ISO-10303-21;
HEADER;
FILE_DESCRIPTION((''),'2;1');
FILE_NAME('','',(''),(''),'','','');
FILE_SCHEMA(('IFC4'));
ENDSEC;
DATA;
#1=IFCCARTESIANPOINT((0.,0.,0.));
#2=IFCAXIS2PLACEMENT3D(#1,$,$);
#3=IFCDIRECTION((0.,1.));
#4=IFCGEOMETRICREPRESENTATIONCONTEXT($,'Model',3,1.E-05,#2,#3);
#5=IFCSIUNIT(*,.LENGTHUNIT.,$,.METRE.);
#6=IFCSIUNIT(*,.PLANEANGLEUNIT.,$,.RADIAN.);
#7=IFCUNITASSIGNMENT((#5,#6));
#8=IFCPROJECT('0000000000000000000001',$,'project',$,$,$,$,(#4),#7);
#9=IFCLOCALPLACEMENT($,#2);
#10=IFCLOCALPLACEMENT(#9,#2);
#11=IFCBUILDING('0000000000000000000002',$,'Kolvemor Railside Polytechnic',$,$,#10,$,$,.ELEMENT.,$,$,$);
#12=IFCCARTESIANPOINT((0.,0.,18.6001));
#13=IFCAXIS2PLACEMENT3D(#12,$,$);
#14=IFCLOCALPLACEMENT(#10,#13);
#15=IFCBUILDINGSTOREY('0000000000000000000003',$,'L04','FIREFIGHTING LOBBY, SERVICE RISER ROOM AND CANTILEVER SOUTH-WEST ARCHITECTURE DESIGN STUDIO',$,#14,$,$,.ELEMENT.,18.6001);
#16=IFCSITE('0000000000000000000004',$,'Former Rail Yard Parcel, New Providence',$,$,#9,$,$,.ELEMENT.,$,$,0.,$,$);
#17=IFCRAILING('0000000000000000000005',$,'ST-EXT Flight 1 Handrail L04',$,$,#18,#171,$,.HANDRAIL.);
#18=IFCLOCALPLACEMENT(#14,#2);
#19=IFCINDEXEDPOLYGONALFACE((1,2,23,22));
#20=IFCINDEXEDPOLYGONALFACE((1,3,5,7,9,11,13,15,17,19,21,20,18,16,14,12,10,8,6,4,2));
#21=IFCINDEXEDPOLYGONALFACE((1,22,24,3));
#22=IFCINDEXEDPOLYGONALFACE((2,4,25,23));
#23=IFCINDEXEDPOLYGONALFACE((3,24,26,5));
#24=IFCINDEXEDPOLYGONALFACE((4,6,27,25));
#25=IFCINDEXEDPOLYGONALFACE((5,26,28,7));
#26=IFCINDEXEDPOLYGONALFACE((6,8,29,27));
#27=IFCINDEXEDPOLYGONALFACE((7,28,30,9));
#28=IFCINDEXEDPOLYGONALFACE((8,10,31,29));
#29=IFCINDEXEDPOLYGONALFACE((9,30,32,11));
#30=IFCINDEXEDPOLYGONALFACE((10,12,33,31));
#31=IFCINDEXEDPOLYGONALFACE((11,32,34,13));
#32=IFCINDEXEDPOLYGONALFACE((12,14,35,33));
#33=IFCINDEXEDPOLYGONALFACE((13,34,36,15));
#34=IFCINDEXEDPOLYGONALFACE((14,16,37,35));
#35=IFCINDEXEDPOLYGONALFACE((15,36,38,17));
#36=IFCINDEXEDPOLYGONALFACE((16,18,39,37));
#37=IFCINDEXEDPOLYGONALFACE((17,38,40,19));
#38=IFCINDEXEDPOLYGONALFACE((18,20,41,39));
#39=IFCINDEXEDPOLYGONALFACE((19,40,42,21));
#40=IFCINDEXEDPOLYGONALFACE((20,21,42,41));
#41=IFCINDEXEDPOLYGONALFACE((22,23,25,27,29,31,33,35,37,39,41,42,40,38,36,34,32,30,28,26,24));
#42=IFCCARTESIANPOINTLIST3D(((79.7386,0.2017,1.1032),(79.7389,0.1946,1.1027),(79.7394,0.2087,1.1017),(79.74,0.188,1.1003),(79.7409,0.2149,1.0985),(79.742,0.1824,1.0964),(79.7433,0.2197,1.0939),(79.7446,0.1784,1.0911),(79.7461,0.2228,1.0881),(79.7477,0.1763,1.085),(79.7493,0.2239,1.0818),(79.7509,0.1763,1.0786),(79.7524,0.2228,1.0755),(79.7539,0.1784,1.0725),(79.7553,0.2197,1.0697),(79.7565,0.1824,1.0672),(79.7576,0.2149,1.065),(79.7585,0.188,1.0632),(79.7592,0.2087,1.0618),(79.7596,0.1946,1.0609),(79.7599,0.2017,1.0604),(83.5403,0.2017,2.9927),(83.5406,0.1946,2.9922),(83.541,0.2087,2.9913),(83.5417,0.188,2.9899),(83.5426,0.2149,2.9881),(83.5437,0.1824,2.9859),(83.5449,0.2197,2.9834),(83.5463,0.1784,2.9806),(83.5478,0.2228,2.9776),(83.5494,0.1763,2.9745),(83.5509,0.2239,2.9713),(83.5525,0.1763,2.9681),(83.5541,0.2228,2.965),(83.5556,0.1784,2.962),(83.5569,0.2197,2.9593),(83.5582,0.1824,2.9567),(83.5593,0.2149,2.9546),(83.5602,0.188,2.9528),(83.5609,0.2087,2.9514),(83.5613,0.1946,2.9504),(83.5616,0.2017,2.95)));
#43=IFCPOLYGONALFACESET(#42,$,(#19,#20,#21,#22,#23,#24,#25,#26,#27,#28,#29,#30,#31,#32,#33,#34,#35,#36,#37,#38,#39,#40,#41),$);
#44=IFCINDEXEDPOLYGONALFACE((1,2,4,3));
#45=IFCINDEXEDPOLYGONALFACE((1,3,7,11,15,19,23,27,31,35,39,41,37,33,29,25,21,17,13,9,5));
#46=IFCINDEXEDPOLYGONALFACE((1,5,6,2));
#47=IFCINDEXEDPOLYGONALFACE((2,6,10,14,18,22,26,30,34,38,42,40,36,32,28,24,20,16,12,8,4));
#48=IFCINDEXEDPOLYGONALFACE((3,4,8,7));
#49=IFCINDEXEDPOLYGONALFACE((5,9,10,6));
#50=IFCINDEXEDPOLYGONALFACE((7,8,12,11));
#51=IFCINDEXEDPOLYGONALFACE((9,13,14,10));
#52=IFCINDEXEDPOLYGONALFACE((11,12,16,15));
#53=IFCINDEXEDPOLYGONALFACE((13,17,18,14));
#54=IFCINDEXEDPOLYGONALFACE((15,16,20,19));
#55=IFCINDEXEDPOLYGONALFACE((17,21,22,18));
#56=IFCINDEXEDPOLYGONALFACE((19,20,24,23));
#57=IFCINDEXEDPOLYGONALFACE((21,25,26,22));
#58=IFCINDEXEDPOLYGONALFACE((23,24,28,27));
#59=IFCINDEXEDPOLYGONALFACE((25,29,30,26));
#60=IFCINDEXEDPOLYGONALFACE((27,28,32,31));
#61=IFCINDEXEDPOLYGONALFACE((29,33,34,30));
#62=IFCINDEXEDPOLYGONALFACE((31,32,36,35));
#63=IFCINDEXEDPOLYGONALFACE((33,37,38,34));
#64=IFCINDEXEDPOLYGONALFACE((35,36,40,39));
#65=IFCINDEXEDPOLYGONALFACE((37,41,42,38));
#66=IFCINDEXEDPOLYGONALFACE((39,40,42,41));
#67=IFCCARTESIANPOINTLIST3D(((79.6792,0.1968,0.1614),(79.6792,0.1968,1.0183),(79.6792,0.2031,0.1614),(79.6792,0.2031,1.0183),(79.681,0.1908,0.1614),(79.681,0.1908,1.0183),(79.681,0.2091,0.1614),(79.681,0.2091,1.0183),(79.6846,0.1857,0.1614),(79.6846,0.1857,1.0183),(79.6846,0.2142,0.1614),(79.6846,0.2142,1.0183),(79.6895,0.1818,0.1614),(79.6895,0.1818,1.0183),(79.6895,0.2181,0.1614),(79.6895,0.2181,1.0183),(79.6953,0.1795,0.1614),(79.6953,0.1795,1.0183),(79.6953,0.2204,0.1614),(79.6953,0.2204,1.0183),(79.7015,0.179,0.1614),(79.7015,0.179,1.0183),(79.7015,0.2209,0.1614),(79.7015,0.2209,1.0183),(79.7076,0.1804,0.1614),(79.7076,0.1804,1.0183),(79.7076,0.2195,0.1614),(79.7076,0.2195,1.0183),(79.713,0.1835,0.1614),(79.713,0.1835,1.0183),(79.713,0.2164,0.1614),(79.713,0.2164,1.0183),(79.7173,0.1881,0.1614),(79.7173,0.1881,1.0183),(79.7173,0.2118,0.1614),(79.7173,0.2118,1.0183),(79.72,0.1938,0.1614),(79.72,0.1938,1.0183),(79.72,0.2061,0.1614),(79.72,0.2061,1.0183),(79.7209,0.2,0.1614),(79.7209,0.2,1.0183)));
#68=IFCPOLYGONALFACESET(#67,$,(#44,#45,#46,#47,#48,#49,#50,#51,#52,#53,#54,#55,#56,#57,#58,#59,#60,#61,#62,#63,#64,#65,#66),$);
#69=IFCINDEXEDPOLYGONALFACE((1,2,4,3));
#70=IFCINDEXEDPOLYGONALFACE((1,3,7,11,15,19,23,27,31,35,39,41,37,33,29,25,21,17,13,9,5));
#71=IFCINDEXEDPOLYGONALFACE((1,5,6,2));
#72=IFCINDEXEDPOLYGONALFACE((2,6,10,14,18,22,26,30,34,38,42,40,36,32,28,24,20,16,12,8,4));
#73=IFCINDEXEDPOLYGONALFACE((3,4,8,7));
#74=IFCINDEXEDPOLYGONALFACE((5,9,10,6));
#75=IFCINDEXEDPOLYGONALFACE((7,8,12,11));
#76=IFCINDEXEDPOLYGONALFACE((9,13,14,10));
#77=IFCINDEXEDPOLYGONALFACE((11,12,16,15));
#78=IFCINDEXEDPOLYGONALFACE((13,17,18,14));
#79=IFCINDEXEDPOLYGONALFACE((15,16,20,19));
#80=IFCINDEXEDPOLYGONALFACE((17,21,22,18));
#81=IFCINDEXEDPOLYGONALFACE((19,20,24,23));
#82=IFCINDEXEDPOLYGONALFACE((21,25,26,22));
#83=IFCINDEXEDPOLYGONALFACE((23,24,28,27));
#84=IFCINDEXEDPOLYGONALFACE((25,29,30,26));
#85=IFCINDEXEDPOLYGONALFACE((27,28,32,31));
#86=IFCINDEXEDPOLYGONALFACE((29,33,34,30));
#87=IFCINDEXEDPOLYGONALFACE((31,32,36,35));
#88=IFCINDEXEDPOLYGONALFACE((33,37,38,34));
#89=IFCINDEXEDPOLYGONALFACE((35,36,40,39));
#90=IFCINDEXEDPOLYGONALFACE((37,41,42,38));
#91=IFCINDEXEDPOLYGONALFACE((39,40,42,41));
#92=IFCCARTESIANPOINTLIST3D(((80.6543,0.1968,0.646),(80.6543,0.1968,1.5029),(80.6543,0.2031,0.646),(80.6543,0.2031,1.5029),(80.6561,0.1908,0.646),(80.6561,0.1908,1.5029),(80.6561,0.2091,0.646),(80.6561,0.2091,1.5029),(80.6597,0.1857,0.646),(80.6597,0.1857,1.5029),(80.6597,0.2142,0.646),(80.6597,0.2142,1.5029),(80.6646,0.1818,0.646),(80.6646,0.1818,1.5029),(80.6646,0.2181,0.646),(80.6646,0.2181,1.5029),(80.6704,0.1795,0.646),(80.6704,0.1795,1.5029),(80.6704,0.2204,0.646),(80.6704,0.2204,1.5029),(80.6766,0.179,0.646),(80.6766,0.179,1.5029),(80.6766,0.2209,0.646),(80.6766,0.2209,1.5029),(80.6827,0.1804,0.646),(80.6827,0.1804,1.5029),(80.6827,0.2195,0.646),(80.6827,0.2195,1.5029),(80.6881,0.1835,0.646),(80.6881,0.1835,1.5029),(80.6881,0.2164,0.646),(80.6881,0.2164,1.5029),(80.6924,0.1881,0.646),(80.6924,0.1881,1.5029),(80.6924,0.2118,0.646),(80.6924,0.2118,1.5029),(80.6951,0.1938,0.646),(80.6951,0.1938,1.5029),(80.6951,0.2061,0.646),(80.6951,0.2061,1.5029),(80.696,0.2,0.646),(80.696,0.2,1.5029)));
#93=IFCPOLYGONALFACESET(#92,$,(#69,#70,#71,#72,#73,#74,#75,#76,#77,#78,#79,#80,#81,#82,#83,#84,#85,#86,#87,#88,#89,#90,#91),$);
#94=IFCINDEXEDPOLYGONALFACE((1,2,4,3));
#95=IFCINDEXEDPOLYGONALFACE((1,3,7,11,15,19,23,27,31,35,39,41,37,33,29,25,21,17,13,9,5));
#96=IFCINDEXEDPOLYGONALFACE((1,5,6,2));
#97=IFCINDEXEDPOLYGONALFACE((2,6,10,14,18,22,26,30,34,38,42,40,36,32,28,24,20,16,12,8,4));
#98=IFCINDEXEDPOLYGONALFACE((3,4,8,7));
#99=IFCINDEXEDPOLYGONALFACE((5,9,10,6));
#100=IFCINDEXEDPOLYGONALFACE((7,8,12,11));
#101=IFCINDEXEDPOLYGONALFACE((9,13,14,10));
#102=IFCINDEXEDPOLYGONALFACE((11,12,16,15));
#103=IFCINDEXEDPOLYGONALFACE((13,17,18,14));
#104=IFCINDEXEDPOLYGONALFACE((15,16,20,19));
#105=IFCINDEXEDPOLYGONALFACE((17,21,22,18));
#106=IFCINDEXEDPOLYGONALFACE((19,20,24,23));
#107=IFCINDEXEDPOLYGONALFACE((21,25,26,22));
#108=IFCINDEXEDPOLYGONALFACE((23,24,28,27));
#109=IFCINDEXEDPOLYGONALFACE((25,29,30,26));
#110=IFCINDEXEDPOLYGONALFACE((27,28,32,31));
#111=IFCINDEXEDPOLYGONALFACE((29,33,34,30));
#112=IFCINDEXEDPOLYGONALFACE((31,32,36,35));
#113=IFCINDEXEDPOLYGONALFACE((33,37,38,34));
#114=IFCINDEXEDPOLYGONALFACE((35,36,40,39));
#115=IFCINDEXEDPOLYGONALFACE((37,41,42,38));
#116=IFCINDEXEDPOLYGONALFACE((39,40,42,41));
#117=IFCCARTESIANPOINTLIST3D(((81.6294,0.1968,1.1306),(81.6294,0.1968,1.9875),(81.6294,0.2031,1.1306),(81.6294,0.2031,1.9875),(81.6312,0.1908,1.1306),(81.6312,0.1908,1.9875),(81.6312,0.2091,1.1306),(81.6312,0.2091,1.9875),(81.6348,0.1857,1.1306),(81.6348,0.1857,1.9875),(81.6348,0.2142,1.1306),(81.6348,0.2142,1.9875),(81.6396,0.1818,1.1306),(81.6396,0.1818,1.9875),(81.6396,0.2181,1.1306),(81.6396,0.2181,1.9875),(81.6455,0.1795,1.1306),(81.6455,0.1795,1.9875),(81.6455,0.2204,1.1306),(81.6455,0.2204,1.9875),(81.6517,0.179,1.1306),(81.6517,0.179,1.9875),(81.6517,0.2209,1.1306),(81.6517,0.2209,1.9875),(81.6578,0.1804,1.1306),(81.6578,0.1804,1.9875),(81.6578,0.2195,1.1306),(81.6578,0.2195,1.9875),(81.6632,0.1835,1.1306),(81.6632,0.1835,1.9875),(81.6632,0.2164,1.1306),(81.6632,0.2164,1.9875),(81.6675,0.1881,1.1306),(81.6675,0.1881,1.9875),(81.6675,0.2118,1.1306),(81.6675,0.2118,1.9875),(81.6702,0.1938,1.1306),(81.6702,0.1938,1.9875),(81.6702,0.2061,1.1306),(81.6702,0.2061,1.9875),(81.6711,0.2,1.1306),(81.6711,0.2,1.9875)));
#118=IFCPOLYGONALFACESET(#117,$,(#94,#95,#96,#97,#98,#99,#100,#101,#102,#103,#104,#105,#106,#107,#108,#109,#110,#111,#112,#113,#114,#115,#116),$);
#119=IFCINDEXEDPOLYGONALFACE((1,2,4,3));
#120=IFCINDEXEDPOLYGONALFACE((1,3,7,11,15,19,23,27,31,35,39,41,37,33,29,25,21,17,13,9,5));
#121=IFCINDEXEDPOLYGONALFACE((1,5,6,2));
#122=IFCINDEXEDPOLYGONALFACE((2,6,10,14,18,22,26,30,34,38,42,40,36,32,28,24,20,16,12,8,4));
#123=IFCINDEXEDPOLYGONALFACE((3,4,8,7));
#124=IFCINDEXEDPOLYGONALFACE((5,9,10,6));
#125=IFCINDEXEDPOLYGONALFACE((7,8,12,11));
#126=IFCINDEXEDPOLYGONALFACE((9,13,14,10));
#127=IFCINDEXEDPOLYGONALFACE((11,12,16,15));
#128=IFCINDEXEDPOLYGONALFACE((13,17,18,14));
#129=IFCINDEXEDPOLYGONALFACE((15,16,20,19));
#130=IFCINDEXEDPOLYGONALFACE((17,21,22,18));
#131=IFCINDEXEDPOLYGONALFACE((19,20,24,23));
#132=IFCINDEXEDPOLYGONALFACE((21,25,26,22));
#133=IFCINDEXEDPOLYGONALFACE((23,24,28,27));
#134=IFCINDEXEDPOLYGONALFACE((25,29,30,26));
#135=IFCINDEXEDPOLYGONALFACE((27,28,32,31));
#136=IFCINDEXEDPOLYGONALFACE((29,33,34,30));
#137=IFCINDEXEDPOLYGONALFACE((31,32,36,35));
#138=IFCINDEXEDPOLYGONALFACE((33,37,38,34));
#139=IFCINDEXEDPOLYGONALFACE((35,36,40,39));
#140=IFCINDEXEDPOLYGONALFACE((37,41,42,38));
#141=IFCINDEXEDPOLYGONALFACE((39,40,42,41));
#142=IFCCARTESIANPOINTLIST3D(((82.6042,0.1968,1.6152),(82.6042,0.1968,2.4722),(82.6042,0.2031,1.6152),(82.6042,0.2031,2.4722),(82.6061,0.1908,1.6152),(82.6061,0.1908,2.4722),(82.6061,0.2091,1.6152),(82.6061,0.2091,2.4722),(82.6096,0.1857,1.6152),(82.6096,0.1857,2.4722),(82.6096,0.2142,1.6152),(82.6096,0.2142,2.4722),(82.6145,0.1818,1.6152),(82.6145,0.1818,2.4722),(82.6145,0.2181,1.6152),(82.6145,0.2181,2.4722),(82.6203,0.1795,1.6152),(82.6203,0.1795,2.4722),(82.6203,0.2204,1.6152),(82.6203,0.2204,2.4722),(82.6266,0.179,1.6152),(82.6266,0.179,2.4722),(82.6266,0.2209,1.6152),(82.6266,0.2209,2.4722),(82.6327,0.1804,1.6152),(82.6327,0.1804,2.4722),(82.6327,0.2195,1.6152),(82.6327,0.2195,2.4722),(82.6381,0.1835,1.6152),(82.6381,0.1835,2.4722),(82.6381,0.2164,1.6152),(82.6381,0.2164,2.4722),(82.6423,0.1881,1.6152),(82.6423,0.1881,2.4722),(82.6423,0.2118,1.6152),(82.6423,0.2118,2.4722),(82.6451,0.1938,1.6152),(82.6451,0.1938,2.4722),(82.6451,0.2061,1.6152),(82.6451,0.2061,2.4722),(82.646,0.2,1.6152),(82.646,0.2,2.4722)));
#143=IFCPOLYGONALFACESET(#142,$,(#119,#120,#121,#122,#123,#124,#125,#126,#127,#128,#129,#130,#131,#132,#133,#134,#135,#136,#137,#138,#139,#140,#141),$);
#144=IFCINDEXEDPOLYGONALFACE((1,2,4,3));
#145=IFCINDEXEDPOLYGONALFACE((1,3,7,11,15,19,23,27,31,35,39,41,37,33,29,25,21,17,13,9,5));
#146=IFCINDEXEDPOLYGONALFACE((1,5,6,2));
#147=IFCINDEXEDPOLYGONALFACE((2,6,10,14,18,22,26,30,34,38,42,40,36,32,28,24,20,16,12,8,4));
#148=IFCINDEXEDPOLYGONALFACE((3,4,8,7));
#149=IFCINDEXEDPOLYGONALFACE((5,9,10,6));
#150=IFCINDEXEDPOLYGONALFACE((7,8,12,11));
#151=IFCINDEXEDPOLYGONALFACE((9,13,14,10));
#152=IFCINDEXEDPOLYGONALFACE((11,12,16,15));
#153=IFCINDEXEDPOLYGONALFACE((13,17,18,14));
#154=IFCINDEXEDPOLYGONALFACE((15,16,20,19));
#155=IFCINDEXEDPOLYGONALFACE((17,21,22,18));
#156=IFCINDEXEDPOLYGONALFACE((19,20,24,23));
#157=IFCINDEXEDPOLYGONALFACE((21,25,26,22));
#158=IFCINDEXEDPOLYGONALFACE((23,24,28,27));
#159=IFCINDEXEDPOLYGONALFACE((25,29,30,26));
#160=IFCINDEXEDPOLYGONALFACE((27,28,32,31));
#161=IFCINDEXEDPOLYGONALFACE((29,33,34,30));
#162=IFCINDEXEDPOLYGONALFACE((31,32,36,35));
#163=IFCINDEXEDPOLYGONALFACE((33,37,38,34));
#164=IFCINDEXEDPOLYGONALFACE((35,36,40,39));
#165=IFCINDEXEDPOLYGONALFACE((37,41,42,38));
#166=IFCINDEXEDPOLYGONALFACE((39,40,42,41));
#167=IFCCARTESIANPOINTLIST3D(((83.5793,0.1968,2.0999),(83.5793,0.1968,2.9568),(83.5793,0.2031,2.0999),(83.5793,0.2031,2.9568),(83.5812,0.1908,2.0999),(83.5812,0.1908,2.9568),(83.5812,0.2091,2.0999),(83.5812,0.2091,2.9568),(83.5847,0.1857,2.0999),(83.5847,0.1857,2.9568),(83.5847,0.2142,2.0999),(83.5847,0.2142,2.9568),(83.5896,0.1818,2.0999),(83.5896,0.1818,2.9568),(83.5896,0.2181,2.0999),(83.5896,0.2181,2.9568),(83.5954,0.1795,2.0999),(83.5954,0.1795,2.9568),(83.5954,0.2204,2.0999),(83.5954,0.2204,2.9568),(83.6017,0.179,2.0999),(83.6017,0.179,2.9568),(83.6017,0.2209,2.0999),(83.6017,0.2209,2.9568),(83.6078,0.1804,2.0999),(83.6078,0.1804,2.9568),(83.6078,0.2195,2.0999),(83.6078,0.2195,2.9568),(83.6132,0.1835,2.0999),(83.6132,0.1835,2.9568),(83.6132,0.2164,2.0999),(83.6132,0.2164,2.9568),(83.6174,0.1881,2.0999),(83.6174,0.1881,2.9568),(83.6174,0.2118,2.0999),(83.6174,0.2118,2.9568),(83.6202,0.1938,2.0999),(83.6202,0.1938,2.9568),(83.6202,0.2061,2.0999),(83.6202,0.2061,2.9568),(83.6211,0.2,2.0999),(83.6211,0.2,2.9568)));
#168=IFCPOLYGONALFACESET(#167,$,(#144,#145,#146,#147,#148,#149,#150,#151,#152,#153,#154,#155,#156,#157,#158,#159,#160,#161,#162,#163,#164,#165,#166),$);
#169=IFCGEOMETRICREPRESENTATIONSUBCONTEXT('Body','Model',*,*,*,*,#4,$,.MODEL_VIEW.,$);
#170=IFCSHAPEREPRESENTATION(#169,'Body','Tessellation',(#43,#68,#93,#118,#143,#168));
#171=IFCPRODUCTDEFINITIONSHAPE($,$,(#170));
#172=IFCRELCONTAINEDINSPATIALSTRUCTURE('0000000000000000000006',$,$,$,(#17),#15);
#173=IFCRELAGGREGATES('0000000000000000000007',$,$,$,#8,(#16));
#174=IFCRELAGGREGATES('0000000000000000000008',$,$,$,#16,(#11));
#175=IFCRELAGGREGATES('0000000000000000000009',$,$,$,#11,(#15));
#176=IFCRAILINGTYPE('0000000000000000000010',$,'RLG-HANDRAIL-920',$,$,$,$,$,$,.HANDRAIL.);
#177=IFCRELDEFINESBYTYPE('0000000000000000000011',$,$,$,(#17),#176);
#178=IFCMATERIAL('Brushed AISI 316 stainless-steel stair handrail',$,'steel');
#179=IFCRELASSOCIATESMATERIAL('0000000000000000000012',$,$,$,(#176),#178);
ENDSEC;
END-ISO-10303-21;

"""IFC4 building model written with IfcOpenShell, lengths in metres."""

from ifc_helpers import new_model, si_unit, direction, frame, origin, origin_2d, place, context, subcontext, project, spatial, circle, extrude, material, type_object, element, save


model = new_model("IFC4")

# Units and contexts
model_context = context("Model", 3, precision=1e-05, world=origin(), true_north=direction((0.0, 1.0)))
body_context = subcontext(model_context, "Body", "Model", "MODEL_VIEW")
ifc_project = project(units=[si_unit("LENGTHUNIT", "METRE"), si_unit("PLANEANGLEUNIT", "RADIAN")], contexts=[model_context])

# Site, building, storey
site_placement = place(None, origin())
site = spatial("IfcSite", under=ifc_project, at=site_placement, Name="Former Rail Yard Parcel, New Providence", CompositionType="ELEMENT", RefElevation=0.0)
building_placement = place(site_placement, origin())
building = spatial("IfcBuilding", under=site, at=building_placement, Name="Kolvemor Railside Polytechnic", CompositionType="ELEMENT")
storey_placement = place(building_placement, frame((0.0, 0.0, 18.6001)))
storey = spatial("IfcBuildingStorey", under=building, at=storey_placement, Name="L04", Description="FIREFIGHTING LOBBY, SERVICE RISER ROOM AND CANTILEVER SOUTH-WEST ARCHITECTURE DESIGN STUDIO", CompositionType="ELEMENT", Elevation=18.6001)

# Railing
ifc_material_1 = material(Name="Brushed AISI 316 stainless-steel stair handrail", Category="steel")
railing_type_1 = type_object("IfcRailingType", Name="RLG-HANDRAIL-920", PredefinedType="HANDRAIL", material=ifc_material_1)
railing_1_placement = place(storey_placement, frame((79.7, 0.2, 0.1614)))
element("IfcRailing", 1, at=railing_1_placement, inside=storey, type_object=railing_type_1, Name="ST-EXT Flight 1 Handrail L04", PredefinedType="HANDRAIL", context=body_context, shape_type="SweptSolid", body=[
    extrude(circle(Radius=0.0239, at=origin_2d()), frame((0.0493, 0.0, 0.9204), z_axis=(0.89549, 0.0, 0.445082), x_axis=(0.0, 1.0, 0.0)), (0.0, 0.0, 1.0), 4.2454),
    extrude(circle(Radius=0.021, at=origin_2d()), origin(), (0.0, 0.0, 1.0), 0.8569),
    extrude(circle(Radius=0.021, at=origin_2d()), frame((0.9751, 0.0, 0.4846)), (0.0, 0.0, 1.0), 0.8569),
    extrude(circle(Radius=0.021, at=origin_2d()), frame((1.9502, 0.0, 0.9692)), (0.0, 0.0, 1.0), 0.8569),
    extrude(circle(Radius=0.021, at=origin_2d()), frame((2.925, 0.0, 1.4539)), (0.0, 0.0, 1.0), 0.8569),
    extrude(circle(Radius=0.021, at=origin_2d()), frame((3.9001, 0.0, 1.9385)), (0.0, 0.0, 1.0), 0.8569),
])

save(model, "model.ifc")
